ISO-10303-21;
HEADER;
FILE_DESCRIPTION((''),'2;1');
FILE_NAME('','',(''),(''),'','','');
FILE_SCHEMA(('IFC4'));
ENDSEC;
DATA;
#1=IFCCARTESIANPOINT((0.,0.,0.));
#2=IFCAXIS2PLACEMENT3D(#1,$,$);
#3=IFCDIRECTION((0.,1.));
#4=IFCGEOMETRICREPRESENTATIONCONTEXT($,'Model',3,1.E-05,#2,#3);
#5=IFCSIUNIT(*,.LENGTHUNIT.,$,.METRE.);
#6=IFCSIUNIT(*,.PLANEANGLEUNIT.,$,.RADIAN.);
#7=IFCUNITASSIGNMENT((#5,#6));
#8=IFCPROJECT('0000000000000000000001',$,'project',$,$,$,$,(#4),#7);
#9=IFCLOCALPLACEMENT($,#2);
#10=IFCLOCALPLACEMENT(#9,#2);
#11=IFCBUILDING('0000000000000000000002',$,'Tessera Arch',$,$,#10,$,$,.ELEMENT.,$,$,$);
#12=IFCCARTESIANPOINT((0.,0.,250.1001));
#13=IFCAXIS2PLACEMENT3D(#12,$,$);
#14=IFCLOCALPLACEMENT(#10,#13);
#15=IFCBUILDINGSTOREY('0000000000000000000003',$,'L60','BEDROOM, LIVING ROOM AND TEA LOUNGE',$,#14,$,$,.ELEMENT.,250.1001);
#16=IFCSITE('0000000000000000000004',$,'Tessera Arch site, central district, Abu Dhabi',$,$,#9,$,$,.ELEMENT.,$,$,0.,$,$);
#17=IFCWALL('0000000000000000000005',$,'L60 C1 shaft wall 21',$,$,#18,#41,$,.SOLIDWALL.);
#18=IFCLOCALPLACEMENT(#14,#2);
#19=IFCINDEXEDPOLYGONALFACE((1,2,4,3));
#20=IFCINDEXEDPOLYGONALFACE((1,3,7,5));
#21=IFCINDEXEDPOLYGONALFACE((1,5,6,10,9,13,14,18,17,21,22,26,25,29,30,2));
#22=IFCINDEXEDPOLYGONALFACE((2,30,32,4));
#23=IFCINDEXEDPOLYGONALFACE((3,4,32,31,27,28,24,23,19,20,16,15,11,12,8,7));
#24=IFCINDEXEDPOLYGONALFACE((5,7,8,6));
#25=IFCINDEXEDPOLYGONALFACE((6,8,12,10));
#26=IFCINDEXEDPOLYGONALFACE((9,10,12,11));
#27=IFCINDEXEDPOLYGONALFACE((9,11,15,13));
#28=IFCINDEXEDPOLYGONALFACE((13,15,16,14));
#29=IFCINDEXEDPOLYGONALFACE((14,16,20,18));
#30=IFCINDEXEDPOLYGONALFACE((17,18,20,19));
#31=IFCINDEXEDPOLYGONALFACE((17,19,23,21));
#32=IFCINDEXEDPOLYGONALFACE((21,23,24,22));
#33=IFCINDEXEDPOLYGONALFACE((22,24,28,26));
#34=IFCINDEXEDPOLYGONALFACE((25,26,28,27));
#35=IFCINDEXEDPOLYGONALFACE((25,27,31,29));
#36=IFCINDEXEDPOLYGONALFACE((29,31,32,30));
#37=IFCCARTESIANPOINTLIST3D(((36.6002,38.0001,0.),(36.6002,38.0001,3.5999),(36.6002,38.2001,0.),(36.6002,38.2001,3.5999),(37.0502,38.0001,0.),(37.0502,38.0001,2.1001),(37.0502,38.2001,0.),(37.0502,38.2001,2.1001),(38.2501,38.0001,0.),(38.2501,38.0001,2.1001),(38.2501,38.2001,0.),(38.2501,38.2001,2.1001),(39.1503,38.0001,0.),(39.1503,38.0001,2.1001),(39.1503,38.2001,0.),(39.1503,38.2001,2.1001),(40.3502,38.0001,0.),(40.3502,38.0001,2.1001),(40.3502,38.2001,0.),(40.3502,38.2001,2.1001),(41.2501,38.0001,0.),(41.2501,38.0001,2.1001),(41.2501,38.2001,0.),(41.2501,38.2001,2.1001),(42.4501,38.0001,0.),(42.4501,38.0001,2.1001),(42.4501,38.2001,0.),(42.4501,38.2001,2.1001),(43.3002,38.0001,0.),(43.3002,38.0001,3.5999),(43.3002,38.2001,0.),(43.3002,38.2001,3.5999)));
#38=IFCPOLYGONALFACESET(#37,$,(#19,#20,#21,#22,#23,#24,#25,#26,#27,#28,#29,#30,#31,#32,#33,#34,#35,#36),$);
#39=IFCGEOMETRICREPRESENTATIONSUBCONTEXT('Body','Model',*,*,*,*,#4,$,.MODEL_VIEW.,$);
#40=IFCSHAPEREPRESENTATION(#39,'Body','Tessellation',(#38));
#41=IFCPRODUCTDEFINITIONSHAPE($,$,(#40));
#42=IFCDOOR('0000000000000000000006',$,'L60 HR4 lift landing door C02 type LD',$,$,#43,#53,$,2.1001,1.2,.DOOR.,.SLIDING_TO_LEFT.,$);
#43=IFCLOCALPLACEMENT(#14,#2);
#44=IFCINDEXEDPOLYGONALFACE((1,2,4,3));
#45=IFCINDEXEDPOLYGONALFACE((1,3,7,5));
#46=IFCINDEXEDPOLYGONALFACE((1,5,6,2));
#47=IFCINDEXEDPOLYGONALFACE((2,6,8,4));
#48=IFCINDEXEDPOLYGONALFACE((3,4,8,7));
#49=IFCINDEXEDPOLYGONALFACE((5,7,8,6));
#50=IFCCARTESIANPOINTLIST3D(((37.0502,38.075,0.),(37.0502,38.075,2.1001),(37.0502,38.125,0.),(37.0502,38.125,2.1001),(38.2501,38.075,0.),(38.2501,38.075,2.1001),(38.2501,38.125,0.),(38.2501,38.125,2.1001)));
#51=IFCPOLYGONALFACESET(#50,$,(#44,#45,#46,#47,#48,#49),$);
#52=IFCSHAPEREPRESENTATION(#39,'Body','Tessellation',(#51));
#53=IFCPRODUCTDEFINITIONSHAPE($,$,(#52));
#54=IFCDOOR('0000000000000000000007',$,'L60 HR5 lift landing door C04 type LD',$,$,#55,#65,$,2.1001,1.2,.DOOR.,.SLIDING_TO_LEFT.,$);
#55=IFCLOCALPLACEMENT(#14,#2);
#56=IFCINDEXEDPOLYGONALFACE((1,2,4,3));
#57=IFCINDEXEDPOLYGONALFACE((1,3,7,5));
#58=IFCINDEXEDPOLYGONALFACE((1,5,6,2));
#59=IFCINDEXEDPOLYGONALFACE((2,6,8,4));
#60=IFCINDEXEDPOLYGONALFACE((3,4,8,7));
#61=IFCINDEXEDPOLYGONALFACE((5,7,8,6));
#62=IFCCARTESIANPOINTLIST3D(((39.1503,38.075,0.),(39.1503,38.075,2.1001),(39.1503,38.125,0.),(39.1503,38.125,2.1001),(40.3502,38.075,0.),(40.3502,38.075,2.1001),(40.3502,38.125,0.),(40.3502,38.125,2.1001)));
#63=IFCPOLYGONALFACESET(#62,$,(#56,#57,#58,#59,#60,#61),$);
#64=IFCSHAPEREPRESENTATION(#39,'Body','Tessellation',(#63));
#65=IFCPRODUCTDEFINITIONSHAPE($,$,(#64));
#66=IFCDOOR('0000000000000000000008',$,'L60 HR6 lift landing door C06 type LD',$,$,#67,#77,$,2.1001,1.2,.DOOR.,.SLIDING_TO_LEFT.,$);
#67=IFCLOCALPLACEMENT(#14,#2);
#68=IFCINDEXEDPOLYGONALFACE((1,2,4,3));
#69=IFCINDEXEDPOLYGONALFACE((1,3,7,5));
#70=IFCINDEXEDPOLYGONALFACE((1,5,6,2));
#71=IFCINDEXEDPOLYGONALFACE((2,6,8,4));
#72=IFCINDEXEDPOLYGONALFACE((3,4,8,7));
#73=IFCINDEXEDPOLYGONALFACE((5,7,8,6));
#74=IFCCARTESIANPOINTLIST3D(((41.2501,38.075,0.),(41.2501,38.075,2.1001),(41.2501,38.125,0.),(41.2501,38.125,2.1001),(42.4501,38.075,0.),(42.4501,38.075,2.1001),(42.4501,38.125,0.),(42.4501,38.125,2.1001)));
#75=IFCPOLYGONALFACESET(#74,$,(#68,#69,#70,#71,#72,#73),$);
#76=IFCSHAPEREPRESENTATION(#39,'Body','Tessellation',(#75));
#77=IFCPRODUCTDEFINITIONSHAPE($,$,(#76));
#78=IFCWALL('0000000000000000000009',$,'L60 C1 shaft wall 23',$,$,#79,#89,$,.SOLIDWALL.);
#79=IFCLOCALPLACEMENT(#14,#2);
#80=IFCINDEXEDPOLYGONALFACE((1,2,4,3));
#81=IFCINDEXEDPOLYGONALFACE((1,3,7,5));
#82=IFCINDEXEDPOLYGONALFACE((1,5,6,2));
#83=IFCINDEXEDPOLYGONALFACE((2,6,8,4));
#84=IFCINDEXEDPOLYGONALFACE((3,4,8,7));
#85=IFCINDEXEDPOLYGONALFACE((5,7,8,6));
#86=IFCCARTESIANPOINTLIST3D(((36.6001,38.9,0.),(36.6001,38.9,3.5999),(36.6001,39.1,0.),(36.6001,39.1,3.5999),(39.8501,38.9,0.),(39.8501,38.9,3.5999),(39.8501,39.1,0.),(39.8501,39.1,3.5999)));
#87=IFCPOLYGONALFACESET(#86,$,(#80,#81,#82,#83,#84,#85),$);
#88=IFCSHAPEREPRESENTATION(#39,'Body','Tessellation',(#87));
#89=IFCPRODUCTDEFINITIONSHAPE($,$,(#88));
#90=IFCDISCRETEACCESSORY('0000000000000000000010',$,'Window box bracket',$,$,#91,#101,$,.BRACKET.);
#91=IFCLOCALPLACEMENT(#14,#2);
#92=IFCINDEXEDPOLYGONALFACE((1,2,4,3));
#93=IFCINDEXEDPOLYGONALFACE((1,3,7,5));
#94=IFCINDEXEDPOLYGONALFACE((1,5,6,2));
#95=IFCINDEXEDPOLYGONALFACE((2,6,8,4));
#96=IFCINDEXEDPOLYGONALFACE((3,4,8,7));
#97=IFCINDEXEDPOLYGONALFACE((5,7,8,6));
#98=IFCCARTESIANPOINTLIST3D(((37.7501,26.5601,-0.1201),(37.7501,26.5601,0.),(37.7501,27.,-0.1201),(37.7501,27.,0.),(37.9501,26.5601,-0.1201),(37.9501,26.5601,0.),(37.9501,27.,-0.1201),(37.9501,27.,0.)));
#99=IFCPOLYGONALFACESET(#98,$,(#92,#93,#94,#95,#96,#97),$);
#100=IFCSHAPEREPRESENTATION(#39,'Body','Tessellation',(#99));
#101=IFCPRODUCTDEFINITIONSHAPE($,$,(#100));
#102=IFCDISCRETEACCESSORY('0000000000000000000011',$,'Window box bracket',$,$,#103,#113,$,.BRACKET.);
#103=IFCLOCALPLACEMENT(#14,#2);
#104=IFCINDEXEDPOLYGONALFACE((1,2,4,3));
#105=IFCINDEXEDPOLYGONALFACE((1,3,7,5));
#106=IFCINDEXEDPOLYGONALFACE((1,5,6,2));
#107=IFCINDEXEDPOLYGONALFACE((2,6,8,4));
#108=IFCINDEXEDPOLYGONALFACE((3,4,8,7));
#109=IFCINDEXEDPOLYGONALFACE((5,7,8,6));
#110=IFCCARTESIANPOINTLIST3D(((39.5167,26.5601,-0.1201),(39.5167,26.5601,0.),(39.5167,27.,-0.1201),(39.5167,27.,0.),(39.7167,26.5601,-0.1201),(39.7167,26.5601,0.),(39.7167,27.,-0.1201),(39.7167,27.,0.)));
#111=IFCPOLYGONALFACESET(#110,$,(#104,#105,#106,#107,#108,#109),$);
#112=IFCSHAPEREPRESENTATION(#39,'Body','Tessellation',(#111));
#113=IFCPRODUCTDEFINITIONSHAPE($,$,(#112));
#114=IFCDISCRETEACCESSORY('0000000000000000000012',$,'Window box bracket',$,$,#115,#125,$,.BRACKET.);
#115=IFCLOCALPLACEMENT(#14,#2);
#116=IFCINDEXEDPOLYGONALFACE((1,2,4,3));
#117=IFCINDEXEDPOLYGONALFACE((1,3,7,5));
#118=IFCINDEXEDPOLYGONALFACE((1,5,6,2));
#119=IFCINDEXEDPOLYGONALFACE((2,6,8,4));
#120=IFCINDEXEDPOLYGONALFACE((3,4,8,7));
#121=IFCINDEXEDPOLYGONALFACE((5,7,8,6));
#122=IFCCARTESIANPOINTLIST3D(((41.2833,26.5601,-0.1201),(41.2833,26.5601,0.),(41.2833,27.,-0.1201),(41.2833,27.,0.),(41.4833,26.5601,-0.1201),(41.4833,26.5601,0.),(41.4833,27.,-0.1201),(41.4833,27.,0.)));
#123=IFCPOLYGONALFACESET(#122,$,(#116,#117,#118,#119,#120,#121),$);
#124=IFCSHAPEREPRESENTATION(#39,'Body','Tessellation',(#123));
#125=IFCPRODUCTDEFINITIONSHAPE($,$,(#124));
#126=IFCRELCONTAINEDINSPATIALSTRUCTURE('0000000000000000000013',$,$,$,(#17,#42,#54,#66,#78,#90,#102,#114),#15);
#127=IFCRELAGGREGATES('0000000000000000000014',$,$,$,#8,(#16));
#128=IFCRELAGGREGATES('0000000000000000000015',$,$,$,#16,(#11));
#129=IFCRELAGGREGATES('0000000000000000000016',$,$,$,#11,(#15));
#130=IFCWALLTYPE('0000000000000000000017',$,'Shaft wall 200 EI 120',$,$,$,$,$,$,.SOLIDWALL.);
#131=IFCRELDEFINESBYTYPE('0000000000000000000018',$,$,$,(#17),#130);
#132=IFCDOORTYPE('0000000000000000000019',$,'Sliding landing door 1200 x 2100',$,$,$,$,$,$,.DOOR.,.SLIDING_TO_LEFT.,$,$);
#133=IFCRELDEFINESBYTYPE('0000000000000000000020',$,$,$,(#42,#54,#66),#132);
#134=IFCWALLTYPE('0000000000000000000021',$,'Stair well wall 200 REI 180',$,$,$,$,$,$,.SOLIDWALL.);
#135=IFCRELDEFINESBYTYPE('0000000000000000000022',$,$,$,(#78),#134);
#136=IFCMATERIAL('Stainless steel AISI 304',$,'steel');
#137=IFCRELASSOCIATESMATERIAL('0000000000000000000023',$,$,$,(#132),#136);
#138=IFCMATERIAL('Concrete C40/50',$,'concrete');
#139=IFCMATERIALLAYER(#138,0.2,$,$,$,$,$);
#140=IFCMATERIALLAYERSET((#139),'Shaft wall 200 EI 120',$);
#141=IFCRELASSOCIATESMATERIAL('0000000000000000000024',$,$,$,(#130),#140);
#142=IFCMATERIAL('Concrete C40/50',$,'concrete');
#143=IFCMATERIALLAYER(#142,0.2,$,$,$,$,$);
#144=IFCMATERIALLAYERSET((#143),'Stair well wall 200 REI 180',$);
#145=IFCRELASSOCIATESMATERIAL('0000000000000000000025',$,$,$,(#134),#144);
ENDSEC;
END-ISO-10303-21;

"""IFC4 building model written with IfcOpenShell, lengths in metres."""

from ifc_helpers import new_model, si_unit, direction, frame, frame_2d, origin, origin_2d, place, context, subcontext, project, spatial, rectangle, extrude, material, layer, layer_set, type_object, element, fill, save


model = new_model("IFC4")

# Units and contexts
model_context = context("Model", 3, precision=1e-05, world=origin(), true_north=direction((0.0, 1.0)))
body_context = subcontext(model_context, "Body", "Model", "MODEL_VIEW")
ifc_project = project(units=[si_unit("LENGTHUNIT", "METRE"), si_unit("PLANEANGLEUNIT", "RADIAN")], contexts=[model_context])

# Site, building, storey
site_placement = place(None, origin())
site = spatial("IfcSite", under=ifc_project, at=site_placement, Name="Tessera Arch site, central district, Abu Dhabi", CompositionType="ELEMENT", RefElevation=0.0)
building_placement = place(site_placement, origin())
building = spatial("IfcBuilding", under=site, at=building_placement, Name="Tessera Arch", CompositionType="ELEMENT")
storey_placement = place(building_placement, frame((0.0, 0.0, 250.1001)))
storey = spatial("IfcBuildingStorey", under=building, at=storey_placement, Name="L60", Description="BEDROOM, LIVING ROOM AND TEA LOUNGE", CompositionType="ELEMENT", Elevation=250.1001)

# Shared definitions
ifc_material_1 = material(Name="Stainless steel AISI 304", Category="steel")
door_type_1 = type_object("IfcDoorType", Name="Sliding landing door 1200 x 2100", OperationType="SLIDING_TO_LEFT", PredefinedType="DOOR", material=ifc_material_1)

# Shared definitions
ifc_material_2 = material(Name="Concrete C40/50", Category="concrete")
ifc_layer_1 = layer(ifc_material_2, 0.2)
ifc_layer_set_1 = layer_set([ifc_layer_1], Name="Shaft wall 200 EI 120")
wall_type_1 = type_object("IfcWallType", Name="Shaft wall 200 EI 120", PredefinedType="SOLIDWALL", material=ifc_layer_set_1)

# Wall, openings, doors
wall_1_placement = place(storey_placement, frame((36.6001, 38.1001, 0.0), z_axis=(0.0, 0.0, 1.0), x_axis=(1.0, 0.0, 0.0)))
wall_1 = element("IfcWall", 1, at=wall_1_placement, inside=storey, type_object=wall_type_1, Name="L60 C1 shaft wall 21", PredefinedType="SOLIDWALL", context=body_context, shape_type="SweptSolid", body=[
    extrude(rectangle(XDim=6.7, YDim=0.2, at=frame_2d((3.3501, 0.0))), origin(), (0.0, 0.0, 1.0), 3.5999),
])
opening_1_placement = place(wall_1_placement, frame((0.45, 0.0, 0.0)))
opening_1 = element("IfcOpeningElement", 2, at=opening_1_placement, cuts=wall_1, PredefinedType="OPENING", context=body_context, shape_type="SweptSolid", body=[
    extrude(rectangle(XDim=1.2, YDim=2.1001, at=frame_2d((0.6001, 1.05))), frame((0.0, 0.1099, 0.0), z_axis=(0.0, -1.0, 0.0), x_axis=(1.0, 0.0, 0.0)), (0.0, 0.0, 1.0), 0.22),
])
opening_2_placement = place(wall_1_placement, frame((2.55, 0.0, 0.0)))
opening_2 = element("IfcOpeningElement", 3, at=opening_2_placement, cuts=wall_1, PredefinedType="OPENING", context=body_context, shape_type="SweptSolid", body=[
    extrude(rectangle(XDim=1.2, YDim=2.1001, at=frame_2d((0.6001, 1.05))), frame((0.0, 0.1099, 0.0), z_axis=(0.0, -1.0, 0.0), x_axis=(1.0, 0.0, 0.0)), (0.0, 0.0, 1.0), 0.22),
])
opening_3_placement = place(wall_1_placement, frame((4.6499, 0.0, 0.0)))
opening_3 = element("IfcOpeningElement", 4, at=opening_3_placement, cuts=wall_1, PredefinedType="OPENING", context=body_context, shape_type="SweptSolid", body=[
    extrude(rectangle(XDim=1.2, YDim=2.1001, at=frame_2d((0.6001, 1.05))), frame((0.0, 0.1099, 0.0), z_axis=(0.0, -1.0, 0.0), x_axis=(1.0, 0.0, 0.0)), (0.0, 0.0, 1.0), 0.22),
])
door_1_placement = place(opening_1_placement, origin())
door_1 = element("IfcDoor", 5, at=door_1_placement, inside=storey, type_object=door_type_1, Name="L60 HR4 lift landing door C02 type LD", OperationType="SLIDING_TO_LEFT", OverallHeight=2.1001, OverallWidth=1.2, PredefinedType="DOOR", context=body_context, shape_type="SweptSolid", body=[
    extrude(rectangle(XDim=1.2, YDim=2.1001, at=frame_2d((0.6001, 1.05))), frame((0.0, 0.0249, 0.0), z_axis=(0.0, -1.0, 0.0), x_axis=(1.0, 0.0, 0.0)), (0.0, 0.0, 1.0), 0.05),
])
fill(opening_1, door_1)
door_2_placement = place(opening_2_placement, origin())
door_2 = element("IfcDoor", 6, at=door_2_placement, inside=storey, type_object=door_type_1, Name="L60 HR5 lift landing door C04 type LD", OperationType="SLIDING_TO_LEFT", OverallHeight=2.1001, OverallWidth=1.2, PredefinedType="DOOR", context=body_context, shape_type="SweptSolid", body=[
    extrude(rectangle(XDim=1.2, YDim=2.1001, at=frame_2d((0.6001, 1.05))), frame((0.0, 0.0249, 0.0), z_axis=(0.0, -1.0, 0.0), x_axis=(1.0, 0.0, 0.0)), (0.0, 0.0, 1.0), 0.05),
])
fill(opening_2, door_2)
door_3_placement = place(opening_3_placement, origin())
door_3 = element("IfcDoor", 7, at=door_3_placement, inside=storey, type_object=door_type_1, Name="L60 HR6 lift landing door C06 type LD", OperationType="SLIDING_TO_LEFT", OverallHeight=2.1001, OverallWidth=1.2, PredefinedType="DOOR", context=body_context, shape_type="SweptSolid", body=[
    extrude(rectangle(XDim=1.2, YDim=2.1001, at=frame_2d((0.6001, 1.05))), frame((0.0, 0.0249, 0.0), z_axis=(0.0, -1.0, 0.0), x_axis=(1.0, 0.0, 0.0)), (0.0, 0.0, 1.0), 0.05),
])
fill(opening_3, door_3)

# Wall
ifc_material_3 = material(Name="Concrete C40/50", Category="concrete")
ifc_layer_2 = layer(ifc_material_3, 0.2)
ifc_layer_set_2 = layer_set([ifc_layer_2], Name="Stair well wall 200 REI 180")
wall_type_2 = type_object("IfcWallType", Name="Stair well wall 200 REI 180", PredefinedType="SOLIDWALL", material=ifc_layer_set_2)
wall_2_placement = place(storey_placement, frame((36.6001, 39.0, 0.0), z_axis=(0.0, 0.0, 1.0), x_axis=(1.0, 0.0, 0.0)))
element("IfcWall", 8, at=wall_2_placement, inside=storey, type_object=wall_type_2, Name="L60 C1 shaft wall 23", PredefinedType="SOLIDWALL", context=body_context, shape_type="SweptSolid", body=[
    extrude(rectangle(XDim=3.25, YDim=0.2, at=frame_2d((1.625, 0.0))), origin(), (0.0, 0.0, 1.0), 3.5999),
])

# Discrete accessories
for number, where, z_axis, x_axis, name in (
    (9, (37.8501, 26.78, -0.1201), (0.0, 0.0, 1.0), (0.0, -1.0, 0.0), "Window box bracket"),
    (10, (39.6167, 26.78, -0.1201), (0.0, 0.0, 1.0), (0.0, -1.0, 0.0), "Window box bracket"),
    (11, (41.3833, 26.78, -0.1201), (0.0, 0.0, 1.0), (0.0, -1.0, 0.0), "Window box bracket"),
):
    element("IfcDiscreteAccessory", number, at=place(storey_placement, frame(where, z_axis=z_axis, x_axis=x_axis)), inside=storey, Name=name, PredefinedType="BRACKET", context=body_context, shape_type="SweptSolid", body=[
        extrude(rectangle(XDim=0.4399, YDim=0.2, at=origin_2d()), origin(), (0.0, 0.0, 1.0), 0.1201),
    ])

save(model, "model.ifc")
